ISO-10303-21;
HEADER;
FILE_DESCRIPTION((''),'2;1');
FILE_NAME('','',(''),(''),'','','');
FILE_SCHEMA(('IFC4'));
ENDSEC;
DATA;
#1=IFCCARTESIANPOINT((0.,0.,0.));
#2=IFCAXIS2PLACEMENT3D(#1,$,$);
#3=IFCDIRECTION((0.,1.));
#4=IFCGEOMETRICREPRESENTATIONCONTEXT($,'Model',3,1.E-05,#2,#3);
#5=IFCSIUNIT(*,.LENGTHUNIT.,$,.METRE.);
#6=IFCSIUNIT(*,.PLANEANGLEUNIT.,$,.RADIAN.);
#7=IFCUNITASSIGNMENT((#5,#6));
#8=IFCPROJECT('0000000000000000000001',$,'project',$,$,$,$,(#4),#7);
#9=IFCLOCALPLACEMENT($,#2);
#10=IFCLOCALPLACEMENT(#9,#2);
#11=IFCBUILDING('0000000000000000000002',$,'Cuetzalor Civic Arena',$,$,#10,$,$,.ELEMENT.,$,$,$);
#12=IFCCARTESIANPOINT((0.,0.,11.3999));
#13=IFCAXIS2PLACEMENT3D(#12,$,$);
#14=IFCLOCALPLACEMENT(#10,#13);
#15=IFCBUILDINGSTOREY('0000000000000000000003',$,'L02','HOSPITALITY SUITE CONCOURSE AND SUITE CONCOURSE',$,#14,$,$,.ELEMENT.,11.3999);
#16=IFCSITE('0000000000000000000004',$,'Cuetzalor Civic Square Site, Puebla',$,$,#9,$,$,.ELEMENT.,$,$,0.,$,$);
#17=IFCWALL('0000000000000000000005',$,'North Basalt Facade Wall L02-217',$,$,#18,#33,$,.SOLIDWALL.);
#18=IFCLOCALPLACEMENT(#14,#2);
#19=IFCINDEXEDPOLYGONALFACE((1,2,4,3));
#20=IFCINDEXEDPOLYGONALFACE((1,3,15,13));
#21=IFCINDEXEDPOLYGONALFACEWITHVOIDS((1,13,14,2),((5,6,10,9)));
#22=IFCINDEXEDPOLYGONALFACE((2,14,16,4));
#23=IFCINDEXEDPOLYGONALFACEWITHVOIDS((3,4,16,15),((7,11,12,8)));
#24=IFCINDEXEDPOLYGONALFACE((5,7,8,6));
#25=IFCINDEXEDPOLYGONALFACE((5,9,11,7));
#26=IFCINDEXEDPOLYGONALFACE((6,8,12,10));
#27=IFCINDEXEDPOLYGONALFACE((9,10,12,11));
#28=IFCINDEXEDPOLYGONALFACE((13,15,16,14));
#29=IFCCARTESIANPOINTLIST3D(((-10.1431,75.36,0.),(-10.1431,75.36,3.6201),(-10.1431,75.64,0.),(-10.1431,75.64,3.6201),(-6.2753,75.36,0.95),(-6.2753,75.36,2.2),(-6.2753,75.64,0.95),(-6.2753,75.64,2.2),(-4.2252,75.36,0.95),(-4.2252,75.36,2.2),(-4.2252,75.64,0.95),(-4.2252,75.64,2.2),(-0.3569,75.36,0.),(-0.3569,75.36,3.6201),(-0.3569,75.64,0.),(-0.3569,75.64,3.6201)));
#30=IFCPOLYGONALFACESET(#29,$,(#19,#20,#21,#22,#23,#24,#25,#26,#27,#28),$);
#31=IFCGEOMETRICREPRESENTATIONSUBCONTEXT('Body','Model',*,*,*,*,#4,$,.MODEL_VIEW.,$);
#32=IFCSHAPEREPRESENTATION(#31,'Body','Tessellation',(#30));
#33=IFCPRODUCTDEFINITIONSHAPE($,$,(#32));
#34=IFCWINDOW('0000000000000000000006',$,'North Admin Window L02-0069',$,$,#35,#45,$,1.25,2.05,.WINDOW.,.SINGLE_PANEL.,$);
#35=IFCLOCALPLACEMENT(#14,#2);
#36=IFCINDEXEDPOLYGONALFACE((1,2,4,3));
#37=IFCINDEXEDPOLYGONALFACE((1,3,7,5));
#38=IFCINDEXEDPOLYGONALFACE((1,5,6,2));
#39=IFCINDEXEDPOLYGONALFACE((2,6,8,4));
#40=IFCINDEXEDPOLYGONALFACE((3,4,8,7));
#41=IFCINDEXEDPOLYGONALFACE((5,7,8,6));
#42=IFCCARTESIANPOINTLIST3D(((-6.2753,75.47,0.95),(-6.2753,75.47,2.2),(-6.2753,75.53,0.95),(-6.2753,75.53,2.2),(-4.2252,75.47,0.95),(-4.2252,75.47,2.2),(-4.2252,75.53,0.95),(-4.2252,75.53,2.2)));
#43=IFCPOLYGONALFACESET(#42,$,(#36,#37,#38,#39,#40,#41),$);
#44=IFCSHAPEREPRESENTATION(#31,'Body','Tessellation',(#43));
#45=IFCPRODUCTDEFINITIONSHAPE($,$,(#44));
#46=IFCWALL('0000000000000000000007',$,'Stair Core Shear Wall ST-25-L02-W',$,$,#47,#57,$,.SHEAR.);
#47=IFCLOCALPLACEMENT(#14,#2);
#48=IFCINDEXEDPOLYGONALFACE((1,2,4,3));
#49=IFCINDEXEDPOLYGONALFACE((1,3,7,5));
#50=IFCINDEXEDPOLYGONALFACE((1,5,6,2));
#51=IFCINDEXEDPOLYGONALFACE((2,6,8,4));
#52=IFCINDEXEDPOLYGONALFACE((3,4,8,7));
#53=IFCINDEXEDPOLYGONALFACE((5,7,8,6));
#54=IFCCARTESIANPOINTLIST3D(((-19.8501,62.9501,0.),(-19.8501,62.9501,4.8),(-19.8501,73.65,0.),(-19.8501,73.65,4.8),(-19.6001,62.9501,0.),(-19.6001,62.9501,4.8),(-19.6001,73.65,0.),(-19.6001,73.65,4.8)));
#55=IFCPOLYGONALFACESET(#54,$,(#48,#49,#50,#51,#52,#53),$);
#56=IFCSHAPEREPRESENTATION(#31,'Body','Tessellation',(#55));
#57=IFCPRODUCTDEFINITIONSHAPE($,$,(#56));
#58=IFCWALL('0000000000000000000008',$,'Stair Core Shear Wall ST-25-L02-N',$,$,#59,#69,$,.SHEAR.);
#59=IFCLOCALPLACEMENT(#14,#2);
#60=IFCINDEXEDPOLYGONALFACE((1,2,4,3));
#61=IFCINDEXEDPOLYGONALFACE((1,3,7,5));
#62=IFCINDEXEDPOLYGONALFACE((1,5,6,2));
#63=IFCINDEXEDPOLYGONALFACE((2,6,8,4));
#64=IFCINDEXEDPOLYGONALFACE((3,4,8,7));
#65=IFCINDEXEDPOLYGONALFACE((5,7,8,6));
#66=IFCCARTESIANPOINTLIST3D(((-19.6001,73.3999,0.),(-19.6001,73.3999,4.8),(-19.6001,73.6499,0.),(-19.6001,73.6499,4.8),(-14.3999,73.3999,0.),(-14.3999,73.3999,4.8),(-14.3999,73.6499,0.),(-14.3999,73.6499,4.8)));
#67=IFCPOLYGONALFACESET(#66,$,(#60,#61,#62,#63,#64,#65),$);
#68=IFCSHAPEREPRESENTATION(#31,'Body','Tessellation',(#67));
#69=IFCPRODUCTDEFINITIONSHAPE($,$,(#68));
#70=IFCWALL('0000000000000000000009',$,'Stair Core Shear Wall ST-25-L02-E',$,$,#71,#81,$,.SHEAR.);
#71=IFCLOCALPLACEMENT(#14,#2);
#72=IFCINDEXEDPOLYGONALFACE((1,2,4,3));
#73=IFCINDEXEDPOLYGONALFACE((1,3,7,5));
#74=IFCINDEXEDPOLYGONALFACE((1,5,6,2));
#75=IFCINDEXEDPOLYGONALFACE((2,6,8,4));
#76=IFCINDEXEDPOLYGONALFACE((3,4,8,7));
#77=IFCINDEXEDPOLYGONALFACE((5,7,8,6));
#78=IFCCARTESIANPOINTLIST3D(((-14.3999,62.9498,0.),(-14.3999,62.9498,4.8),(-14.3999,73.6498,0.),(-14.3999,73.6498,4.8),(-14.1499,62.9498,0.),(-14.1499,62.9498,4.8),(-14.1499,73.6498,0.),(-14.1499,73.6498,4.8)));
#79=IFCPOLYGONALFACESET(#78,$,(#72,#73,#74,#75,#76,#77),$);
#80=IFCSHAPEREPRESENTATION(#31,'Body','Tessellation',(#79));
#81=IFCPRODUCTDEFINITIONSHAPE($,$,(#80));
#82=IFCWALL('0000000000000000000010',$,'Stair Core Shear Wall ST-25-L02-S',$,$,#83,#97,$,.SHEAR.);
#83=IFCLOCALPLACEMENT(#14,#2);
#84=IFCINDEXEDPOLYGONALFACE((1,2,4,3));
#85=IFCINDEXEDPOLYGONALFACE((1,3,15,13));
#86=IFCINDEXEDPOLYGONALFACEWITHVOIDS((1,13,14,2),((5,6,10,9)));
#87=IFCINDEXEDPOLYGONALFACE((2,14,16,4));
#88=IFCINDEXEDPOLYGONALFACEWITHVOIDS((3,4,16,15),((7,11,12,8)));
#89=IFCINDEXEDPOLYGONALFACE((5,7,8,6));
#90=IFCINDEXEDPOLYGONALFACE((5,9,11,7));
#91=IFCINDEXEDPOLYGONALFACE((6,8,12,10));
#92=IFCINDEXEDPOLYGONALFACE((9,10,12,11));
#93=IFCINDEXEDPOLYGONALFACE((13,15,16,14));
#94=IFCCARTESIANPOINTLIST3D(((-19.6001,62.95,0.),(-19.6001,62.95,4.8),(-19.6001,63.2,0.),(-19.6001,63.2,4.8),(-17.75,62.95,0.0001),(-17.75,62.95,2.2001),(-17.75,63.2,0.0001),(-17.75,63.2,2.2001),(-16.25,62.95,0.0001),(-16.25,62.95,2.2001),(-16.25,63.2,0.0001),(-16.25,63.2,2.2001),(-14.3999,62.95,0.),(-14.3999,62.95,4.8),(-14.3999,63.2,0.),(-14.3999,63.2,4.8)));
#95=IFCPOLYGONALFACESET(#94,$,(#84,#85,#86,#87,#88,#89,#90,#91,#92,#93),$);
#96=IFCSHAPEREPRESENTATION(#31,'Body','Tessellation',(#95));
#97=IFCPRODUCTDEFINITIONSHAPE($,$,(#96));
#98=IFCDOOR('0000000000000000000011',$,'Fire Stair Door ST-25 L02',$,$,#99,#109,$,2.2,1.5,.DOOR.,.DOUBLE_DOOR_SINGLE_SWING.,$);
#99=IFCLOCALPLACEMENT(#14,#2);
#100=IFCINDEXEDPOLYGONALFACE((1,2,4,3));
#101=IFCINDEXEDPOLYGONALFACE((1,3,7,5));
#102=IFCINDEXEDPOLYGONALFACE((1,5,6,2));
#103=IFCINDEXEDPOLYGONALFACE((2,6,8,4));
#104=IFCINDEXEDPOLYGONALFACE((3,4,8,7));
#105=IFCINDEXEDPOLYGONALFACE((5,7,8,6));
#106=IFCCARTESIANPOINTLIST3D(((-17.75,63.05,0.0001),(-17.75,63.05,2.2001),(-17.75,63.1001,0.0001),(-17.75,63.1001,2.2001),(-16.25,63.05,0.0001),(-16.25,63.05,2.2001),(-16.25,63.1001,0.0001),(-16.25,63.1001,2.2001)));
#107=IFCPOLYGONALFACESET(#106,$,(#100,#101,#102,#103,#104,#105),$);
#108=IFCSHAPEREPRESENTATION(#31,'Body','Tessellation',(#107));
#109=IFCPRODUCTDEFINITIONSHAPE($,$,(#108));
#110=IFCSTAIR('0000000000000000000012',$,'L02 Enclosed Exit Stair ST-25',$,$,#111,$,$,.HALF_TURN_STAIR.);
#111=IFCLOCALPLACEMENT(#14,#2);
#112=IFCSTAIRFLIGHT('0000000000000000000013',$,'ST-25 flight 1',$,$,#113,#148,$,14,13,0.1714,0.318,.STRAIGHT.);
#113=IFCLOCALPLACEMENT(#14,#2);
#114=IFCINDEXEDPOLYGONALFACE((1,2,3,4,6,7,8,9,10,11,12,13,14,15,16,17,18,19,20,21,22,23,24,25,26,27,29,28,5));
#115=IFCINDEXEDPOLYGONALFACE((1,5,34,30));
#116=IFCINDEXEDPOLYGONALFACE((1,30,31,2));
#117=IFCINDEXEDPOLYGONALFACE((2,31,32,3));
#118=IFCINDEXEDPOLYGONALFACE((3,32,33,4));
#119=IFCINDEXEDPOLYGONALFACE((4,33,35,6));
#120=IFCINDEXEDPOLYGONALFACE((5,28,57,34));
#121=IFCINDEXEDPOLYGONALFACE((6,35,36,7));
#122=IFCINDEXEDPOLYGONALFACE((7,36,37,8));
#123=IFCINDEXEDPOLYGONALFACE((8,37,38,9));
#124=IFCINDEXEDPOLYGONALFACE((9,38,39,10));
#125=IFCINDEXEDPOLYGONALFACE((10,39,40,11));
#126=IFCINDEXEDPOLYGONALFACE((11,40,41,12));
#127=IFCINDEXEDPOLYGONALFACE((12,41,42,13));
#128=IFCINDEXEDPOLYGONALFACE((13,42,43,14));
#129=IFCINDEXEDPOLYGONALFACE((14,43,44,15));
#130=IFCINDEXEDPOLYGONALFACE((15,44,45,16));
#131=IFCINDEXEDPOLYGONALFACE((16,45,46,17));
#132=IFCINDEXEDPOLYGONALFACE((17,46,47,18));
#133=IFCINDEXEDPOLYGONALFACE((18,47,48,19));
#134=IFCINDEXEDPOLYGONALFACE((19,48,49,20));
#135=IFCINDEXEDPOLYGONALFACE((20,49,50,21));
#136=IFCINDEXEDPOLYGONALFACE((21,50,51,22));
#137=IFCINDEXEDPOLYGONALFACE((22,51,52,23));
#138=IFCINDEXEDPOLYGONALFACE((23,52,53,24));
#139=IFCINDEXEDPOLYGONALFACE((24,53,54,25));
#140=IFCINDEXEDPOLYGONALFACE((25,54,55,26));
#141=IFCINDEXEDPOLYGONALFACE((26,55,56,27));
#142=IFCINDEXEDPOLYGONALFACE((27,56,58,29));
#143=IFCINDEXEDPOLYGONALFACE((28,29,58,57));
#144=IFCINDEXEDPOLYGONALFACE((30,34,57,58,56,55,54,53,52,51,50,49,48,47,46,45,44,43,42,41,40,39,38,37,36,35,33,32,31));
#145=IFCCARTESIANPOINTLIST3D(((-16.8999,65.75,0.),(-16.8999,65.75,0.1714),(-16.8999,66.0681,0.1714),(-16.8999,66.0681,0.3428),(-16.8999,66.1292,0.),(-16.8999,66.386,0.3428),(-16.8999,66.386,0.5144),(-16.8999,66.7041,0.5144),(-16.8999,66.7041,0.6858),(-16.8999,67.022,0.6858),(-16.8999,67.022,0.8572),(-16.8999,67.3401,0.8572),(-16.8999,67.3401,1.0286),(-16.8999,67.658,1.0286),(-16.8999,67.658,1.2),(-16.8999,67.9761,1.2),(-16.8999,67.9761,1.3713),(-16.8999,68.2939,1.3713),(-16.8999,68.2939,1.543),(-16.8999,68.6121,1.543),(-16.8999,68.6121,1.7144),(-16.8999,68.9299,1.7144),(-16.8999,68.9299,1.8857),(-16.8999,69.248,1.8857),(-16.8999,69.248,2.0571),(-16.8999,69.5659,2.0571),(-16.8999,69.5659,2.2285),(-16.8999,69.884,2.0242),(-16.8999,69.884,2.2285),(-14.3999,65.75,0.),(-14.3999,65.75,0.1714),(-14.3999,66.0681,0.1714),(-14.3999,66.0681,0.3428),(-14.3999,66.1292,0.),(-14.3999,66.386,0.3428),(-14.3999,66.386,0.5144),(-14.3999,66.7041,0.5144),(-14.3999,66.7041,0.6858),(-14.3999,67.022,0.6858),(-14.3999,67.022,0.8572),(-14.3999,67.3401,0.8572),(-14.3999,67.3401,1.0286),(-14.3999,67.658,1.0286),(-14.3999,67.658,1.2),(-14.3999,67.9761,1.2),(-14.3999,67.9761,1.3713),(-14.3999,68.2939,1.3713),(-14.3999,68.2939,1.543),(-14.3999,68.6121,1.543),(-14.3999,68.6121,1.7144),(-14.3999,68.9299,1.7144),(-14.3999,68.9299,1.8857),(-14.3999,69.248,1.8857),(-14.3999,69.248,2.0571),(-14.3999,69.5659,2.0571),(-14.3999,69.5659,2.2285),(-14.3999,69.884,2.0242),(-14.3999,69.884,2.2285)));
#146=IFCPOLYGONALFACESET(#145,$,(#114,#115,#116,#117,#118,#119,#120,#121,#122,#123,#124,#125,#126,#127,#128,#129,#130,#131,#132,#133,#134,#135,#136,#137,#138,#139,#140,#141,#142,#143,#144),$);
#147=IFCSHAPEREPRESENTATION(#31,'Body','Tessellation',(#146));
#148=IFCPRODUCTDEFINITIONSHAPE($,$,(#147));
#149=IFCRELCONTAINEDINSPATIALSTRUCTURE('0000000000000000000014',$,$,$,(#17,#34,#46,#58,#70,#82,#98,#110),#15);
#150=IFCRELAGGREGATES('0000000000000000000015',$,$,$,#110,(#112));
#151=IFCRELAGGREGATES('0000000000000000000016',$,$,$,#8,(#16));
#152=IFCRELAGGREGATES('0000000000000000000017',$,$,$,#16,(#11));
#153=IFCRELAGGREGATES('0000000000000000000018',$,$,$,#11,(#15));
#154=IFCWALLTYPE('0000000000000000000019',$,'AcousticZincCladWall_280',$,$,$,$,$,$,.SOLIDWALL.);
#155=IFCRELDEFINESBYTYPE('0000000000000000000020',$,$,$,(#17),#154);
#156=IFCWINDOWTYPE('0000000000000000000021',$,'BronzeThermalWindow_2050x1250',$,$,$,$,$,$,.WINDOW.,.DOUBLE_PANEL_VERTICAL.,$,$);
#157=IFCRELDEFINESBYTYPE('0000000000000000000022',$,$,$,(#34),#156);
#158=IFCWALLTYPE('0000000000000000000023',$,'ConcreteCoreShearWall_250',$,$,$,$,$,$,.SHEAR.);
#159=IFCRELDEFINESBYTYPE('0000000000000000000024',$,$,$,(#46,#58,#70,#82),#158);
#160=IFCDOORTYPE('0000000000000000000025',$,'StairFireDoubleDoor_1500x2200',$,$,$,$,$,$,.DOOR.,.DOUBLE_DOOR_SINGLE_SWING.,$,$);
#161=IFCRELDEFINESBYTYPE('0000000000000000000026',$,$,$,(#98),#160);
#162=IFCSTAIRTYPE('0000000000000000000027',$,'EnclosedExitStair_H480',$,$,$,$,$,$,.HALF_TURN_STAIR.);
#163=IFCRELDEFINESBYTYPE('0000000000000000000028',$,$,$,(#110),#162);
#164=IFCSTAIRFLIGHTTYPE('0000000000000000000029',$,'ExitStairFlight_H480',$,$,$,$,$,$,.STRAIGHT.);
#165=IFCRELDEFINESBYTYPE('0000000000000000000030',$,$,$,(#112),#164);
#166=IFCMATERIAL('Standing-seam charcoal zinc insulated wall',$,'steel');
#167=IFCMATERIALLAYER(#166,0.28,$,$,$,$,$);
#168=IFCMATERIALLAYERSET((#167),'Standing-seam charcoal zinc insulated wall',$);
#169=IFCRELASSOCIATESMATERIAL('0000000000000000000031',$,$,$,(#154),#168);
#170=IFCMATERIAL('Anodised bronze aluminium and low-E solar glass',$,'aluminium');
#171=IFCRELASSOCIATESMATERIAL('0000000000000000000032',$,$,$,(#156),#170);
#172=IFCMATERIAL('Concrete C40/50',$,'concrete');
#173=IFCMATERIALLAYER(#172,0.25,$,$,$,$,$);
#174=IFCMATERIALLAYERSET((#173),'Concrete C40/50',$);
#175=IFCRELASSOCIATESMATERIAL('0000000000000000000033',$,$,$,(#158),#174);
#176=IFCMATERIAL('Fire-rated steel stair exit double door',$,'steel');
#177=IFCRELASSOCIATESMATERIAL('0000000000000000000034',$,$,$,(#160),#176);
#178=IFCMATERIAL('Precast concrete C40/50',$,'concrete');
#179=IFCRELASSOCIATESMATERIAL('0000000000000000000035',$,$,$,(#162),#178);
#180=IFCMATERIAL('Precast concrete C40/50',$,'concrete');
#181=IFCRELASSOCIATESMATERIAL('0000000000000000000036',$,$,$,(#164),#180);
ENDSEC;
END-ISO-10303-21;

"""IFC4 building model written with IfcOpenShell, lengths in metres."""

from ifc_helpers import new_model, si_unit, direction, frame, frame_2d, origin, place, context, subcontext, project, spatial, polyline, rectangle, outline, extrude, material, layer, layer_set, type_object, element, fill, aggregate, save


model = new_model("IFC4")

# Units and contexts
model_context = context("Model", 3, precision=1e-05, world=origin(), true_north=direction((0.0, 1.0)))
body_context = subcontext(model_context, "Body", "Model", "MODEL_VIEW")
ifc_project = project(units=[si_unit("LENGTHUNIT", "METRE"), si_unit("PLANEANGLEUNIT", "RADIAN")], contexts=[model_context])

# Site, building, storey
site_placement = place(None, origin())
site = spatial("IfcSite", under=ifc_project, at=site_placement, Name="Cuetzalor Civic Square Site, Puebla", CompositionType="ELEMENT", RefElevation=0.0)
building_placement = place(site_placement, origin())
building = spatial("IfcBuilding", under=site, at=building_placement, Name="Cuetzalor Civic Arena", CompositionType="ELEMENT")
storey_placement = place(building_placement, frame((0.0, 0.0, 11.3999)))
storey = spatial("IfcBuildingStorey", under=building, at=storey_placement, Name="L02", Description="HOSPITALITY SUITE CONCOURSE AND SUITE CONCOURSE", CompositionType="ELEMENT", Elevation=11.3999)

# Wall, opening, window
ifc_material_1 = material(Name="Standing-seam charcoal zinc insulated wall", Category="steel")
ifc_layer_1 = layer(ifc_material_1, 0.28)
ifc_layer_set_1 = layer_set([ifc_layer_1], Name="Standing-seam charcoal zinc insulated wall")
wall_type_1 = type_object("IfcWallType", Name="AcousticZincCladWall_280", PredefinedType="SOLIDWALL", material=ifc_layer_set_1)
wall_1_placement = place(storey_placement, frame((-10.1431, 75.5, 0.0), z_axis=(0.0, 0.0, 1.0), x_axis=(1.0, 0.0, 0.0)))
wall_1 = element("IfcWall", 1, at=wall_1_placement, inside=storey, type_object=wall_type_1, Name="North Basalt Facade Wall L02-217", PredefinedType="SOLIDWALL", context=body_context, shape_type="SweptSolid", body=[
    extrude(rectangle(XDim=9.7861, YDim=0.28, at=frame_2d((4.8931, 0.0))), origin(), (0.0, 0.0, 1.0), 3.6201),
])
opening_1_placement = place(wall_1_placement, frame((3.8679, 0.0, 0.95)))
opening_1 = element("IfcOpeningElement", 2, at=opening_1_placement, cuts=wall_1, PredefinedType="OPENING", context=body_context, shape_type="SweptSolid", body=[
    extrude(rectangle(XDim=2.05, YDim=1.25, at=frame_2d((1.0249, 0.625))), frame((0.0, 0.1499, 0.0), z_axis=(0.0, -1.0, 0.0), x_axis=(1.0, 0.0, 0.0)), (0.0, 0.0, 1.0), 0.3),
])
ifc_material_2 = material(Name="Anodised bronze aluminium and low-E solar glass", Category="aluminium")
window_type_1 = type_object("IfcWindowType", Name="BronzeThermalWindow_2050x1250", PartitioningType="DOUBLE_PANEL_VERTICAL", PredefinedType="WINDOW", material=ifc_material_2)
window_1_placement = place(opening_1_placement, origin())
window_1 = element("IfcWindow", 3, at=window_1_placement, inside=storey, type_object=window_type_1, Name="North Admin Window L02-0069", OverallHeight=1.25, OverallWidth=2.05, PartitioningType="SINGLE_PANEL", PredefinedType="WINDOW", context=body_context, shape_type="SweptSolid", body=[
    extrude(rectangle(XDim=2.05, YDim=1.25, at=frame_2d((1.0249, 0.625))), frame((0.0, 0.03, 0.0), z_axis=(0.0, -1.0, 0.0), x_axis=(1.0, 0.0, 0.0)), (0.0, 0.0, 1.0), 0.0601),
])
fill(opening_1, window_1)

# Walls
ifc_material_3 = material(Name="Concrete C40/50", Category="concrete")
ifc_layer_2 = layer(ifc_material_3, 0.25)
ifc_layer_set_2 = layer_set([ifc_layer_2], Name="Concrete C40/50")
wall_type_2 = type_object("IfcWallType", Name="ConcreteCoreShearWall_250", PredefinedType="SHEAR", material=ifc_layer_set_2)
wall_2_placement = place(storey_placement, frame((-19.7251, 62.95, 0.0), z_axis=(0.0, 0.0, 1.0), x_axis=(0.0, 1.0, 0.0)))
element("IfcWall", 4, at=wall_2_placement, inside=storey, type_object=wall_type_2, Name="Stair Core Shear Wall ST-25-L02-W", PredefinedType="SHEAR", context=body_context, shape_type="SweptSolid", body=[
    extrude(rectangle(XDim=10.7, YDim=0.25, at=frame_2d((5.3501, 0.0))), origin(), (0.0, 0.0, 1.0), 4.8),
])
wall_3_placement = place(storey_placement, frame((-19.6001, 73.5249, 0.0), z_axis=(0.0, 0.0, 1.0), x_axis=(1.0, 0.0, 0.0)))
element("IfcWall", 5, at=wall_3_placement, inside=storey, type_object=wall_type_2, Name="Stair Core Shear Wall ST-25-L02-N", PredefinedType="SHEAR", context=body_context, shape_type="SweptSolid", body=[
    extrude(rectangle(XDim=5.2002, YDim=0.25, at=frame_2d((2.6001, 0.0))), origin(), (0.0, 0.0, 1.0), 4.8),
])
wall_4_placement = place(storey_placement, frame((-14.2749, 73.6499, 0.0), z_axis=(0.0, 0.0, 1.0), x_axis=(0.0, -1.0, 0.0)))
element("IfcWall", 6, at=wall_4_placement, inside=storey, type_object=wall_type_2, Name="Stair Core Shear Wall ST-25-L02-E", PredefinedType="SHEAR", context=body_context, shape_type="SweptSolid", body=[
    extrude(rectangle(XDim=10.7, YDim=0.25, at=frame_2d((5.3501, 0.0))), origin(), (0.0, 0.0, 1.0), 4.8),
])

# Wall, opening, door
wall_5_placement = place(storey_placement, frame((-14.3999, 63.075, 0.0), z_axis=(0.0, 0.0, 1.0), x_axis=(-1.0, 0.0, 0.0)))
wall_5 = element("IfcWall", 7, at=wall_5_placement, inside=storey, type_object=wall_type_2, Name="Stair Core Shear Wall ST-25-L02-S", PredefinedType="SHEAR", context=body_context, shape_type="SweptSolid", body=[
    extrude(rectangle(XDim=5.2002, YDim=0.25, at=frame_2d((2.6001, 0.0))), origin(), (0.0, 0.0, 1.0), 4.8),
])
opening_2_placement = place(wall_5_placement, frame((1.8501, 0.0, 0.0)))
opening_2 = element("IfcOpeningElement", 8, at=opening_2_placement, cuts=wall_5, PredefinedType="OPENING", context=body_context, shape_type="SweptSolid", body=[
    extrude(rectangle(XDim=1.5, YDim=2.2, at=frame_2d((0.75, 1.1001))), frame((0.0, 0.135, 0.0), z_axis=(0.0, -1.0, 0.0), x_axis=(1.0, 0.0, 0.0)), (0.0, 0.0, 1.0), 0.27),
])
ifc_material_4 = material(Name="Fire-rated steel stair exit double door", Category="steel")
door_type = type_object("IfcDoorType", Name="StairFireDoubleDoor_1500x2200", OperationType="DOUBLE_DOOR_SINGLE_SWING", PredefinedType="DOOR", material=ifc_material_4)
door_placement = place(opening_2_placement, origin())
door = element("IfcDoor", 9, at=door_placement, inside=storey, type_object=door_type, Name="Fire Stair Door ST-25 L02", OperationType="DOUBLE_DOOR_SINGLE_SWING", OverallHeight=2.2, OverallWidth=1.5, PredefinedType="DOOR", context=body_context, shape_type="SweptSolid", body=[
    extrude(rectangle(XDim=1.5, YDim=2.2, at=frame_2d((0.75, 1.1001))), frame((0.0, 0.0249, 0.0), z_axis=(0.0, -1.0, 0.0), x_axis=(1.0, 0.0, 0.0)), (0.0, 0.0, 1.0), 0.05),
])
fill(opening_2, door)

# Stair, stair flight
ifc_material_5 = material(Name="Precast concrete C40/50", Category="concrete")
stair_type = type_object("IfcStairType", Name="EnclosedExitStair_H480", PredefinedType="HALF_TURN_STAIR", material=ifc_material_5)
stair_placement = place(storey_placement, origin())
stair = element("IfcStair", 10, at=stair_placement, inside=storey, type_object=stair_type, Name="L02 Enclosed Exit Stair ST-25", PredefinedType="HALF_TURN_STAIR")
ifc_material_6 = material(Name="Precast concrete C40/50", Category="concrete")
stair_flight_type = type_object("IfcStairFlightType", Name="ExitStairFlight_H480", PredefinedType="STRAIGHT", material=ifc_material_6)
stair_flight_1_placement = place(storey_placement, frame((-15.6499, 65.75, 0.0), z_axis=(0.0, 0.0, 1.0), x_axis=(0.0, 1.0, 0.0)))
stair_flight_1 = element("IfcStairFlight", 11, at=stair_flight_1_placement, type_object=stair_flight_type, Name="ST-25 flight 1", NumberOfRisers=14, NumberOfTreads=13, PredefinedType="STRAIGHT", RiserHeight=0.1714, TreadLength=0.318, context=body_context, shape_type="SweptSolid", body=[
    extrude(outline(polyline([(0.0, 0.0), (0.0, 0.1714), (0.3181, 0.1714), (0.3181, 0.3428), (0.636, 0.3428), (0.636, 0.5144), (0.9541, 0.5144), (0.9541, 0.6858), (1.272, 0.6858), (1.272, 0.8572), (1.5901, 0.8572), (1.5901, 1.0286), (1.908, 1.0286), (1.908, 1.2), (2.2261, 1.2), (2.2261, 1.3713), (2.5439, 1.3713), (2.5439, 1.543), (2.8621, 1.543), (2.8621, 1.7144), (3.1799, 1.7144), (3.1799, 1.8857), (3.498, 1.8857), (3.498, 2.0571), (3.8159, 2.0571), (3.8159, 2.2285), (4.134, 2.2285), (4.134, 2.3999), (4.134, 2.0242), (0.3792, 0.0), (0.0, 0.0)])), frame((0.0, 1.25, 0.0), z_axis=(0.0, -1.0, 0.0), x_axis=(1.0, 0.0, 0.0)), (0.0, 0.0, 1.0), 2.5),
])
aggregate(stair, [stair_flight_1])

save(model, "model.ifc")
